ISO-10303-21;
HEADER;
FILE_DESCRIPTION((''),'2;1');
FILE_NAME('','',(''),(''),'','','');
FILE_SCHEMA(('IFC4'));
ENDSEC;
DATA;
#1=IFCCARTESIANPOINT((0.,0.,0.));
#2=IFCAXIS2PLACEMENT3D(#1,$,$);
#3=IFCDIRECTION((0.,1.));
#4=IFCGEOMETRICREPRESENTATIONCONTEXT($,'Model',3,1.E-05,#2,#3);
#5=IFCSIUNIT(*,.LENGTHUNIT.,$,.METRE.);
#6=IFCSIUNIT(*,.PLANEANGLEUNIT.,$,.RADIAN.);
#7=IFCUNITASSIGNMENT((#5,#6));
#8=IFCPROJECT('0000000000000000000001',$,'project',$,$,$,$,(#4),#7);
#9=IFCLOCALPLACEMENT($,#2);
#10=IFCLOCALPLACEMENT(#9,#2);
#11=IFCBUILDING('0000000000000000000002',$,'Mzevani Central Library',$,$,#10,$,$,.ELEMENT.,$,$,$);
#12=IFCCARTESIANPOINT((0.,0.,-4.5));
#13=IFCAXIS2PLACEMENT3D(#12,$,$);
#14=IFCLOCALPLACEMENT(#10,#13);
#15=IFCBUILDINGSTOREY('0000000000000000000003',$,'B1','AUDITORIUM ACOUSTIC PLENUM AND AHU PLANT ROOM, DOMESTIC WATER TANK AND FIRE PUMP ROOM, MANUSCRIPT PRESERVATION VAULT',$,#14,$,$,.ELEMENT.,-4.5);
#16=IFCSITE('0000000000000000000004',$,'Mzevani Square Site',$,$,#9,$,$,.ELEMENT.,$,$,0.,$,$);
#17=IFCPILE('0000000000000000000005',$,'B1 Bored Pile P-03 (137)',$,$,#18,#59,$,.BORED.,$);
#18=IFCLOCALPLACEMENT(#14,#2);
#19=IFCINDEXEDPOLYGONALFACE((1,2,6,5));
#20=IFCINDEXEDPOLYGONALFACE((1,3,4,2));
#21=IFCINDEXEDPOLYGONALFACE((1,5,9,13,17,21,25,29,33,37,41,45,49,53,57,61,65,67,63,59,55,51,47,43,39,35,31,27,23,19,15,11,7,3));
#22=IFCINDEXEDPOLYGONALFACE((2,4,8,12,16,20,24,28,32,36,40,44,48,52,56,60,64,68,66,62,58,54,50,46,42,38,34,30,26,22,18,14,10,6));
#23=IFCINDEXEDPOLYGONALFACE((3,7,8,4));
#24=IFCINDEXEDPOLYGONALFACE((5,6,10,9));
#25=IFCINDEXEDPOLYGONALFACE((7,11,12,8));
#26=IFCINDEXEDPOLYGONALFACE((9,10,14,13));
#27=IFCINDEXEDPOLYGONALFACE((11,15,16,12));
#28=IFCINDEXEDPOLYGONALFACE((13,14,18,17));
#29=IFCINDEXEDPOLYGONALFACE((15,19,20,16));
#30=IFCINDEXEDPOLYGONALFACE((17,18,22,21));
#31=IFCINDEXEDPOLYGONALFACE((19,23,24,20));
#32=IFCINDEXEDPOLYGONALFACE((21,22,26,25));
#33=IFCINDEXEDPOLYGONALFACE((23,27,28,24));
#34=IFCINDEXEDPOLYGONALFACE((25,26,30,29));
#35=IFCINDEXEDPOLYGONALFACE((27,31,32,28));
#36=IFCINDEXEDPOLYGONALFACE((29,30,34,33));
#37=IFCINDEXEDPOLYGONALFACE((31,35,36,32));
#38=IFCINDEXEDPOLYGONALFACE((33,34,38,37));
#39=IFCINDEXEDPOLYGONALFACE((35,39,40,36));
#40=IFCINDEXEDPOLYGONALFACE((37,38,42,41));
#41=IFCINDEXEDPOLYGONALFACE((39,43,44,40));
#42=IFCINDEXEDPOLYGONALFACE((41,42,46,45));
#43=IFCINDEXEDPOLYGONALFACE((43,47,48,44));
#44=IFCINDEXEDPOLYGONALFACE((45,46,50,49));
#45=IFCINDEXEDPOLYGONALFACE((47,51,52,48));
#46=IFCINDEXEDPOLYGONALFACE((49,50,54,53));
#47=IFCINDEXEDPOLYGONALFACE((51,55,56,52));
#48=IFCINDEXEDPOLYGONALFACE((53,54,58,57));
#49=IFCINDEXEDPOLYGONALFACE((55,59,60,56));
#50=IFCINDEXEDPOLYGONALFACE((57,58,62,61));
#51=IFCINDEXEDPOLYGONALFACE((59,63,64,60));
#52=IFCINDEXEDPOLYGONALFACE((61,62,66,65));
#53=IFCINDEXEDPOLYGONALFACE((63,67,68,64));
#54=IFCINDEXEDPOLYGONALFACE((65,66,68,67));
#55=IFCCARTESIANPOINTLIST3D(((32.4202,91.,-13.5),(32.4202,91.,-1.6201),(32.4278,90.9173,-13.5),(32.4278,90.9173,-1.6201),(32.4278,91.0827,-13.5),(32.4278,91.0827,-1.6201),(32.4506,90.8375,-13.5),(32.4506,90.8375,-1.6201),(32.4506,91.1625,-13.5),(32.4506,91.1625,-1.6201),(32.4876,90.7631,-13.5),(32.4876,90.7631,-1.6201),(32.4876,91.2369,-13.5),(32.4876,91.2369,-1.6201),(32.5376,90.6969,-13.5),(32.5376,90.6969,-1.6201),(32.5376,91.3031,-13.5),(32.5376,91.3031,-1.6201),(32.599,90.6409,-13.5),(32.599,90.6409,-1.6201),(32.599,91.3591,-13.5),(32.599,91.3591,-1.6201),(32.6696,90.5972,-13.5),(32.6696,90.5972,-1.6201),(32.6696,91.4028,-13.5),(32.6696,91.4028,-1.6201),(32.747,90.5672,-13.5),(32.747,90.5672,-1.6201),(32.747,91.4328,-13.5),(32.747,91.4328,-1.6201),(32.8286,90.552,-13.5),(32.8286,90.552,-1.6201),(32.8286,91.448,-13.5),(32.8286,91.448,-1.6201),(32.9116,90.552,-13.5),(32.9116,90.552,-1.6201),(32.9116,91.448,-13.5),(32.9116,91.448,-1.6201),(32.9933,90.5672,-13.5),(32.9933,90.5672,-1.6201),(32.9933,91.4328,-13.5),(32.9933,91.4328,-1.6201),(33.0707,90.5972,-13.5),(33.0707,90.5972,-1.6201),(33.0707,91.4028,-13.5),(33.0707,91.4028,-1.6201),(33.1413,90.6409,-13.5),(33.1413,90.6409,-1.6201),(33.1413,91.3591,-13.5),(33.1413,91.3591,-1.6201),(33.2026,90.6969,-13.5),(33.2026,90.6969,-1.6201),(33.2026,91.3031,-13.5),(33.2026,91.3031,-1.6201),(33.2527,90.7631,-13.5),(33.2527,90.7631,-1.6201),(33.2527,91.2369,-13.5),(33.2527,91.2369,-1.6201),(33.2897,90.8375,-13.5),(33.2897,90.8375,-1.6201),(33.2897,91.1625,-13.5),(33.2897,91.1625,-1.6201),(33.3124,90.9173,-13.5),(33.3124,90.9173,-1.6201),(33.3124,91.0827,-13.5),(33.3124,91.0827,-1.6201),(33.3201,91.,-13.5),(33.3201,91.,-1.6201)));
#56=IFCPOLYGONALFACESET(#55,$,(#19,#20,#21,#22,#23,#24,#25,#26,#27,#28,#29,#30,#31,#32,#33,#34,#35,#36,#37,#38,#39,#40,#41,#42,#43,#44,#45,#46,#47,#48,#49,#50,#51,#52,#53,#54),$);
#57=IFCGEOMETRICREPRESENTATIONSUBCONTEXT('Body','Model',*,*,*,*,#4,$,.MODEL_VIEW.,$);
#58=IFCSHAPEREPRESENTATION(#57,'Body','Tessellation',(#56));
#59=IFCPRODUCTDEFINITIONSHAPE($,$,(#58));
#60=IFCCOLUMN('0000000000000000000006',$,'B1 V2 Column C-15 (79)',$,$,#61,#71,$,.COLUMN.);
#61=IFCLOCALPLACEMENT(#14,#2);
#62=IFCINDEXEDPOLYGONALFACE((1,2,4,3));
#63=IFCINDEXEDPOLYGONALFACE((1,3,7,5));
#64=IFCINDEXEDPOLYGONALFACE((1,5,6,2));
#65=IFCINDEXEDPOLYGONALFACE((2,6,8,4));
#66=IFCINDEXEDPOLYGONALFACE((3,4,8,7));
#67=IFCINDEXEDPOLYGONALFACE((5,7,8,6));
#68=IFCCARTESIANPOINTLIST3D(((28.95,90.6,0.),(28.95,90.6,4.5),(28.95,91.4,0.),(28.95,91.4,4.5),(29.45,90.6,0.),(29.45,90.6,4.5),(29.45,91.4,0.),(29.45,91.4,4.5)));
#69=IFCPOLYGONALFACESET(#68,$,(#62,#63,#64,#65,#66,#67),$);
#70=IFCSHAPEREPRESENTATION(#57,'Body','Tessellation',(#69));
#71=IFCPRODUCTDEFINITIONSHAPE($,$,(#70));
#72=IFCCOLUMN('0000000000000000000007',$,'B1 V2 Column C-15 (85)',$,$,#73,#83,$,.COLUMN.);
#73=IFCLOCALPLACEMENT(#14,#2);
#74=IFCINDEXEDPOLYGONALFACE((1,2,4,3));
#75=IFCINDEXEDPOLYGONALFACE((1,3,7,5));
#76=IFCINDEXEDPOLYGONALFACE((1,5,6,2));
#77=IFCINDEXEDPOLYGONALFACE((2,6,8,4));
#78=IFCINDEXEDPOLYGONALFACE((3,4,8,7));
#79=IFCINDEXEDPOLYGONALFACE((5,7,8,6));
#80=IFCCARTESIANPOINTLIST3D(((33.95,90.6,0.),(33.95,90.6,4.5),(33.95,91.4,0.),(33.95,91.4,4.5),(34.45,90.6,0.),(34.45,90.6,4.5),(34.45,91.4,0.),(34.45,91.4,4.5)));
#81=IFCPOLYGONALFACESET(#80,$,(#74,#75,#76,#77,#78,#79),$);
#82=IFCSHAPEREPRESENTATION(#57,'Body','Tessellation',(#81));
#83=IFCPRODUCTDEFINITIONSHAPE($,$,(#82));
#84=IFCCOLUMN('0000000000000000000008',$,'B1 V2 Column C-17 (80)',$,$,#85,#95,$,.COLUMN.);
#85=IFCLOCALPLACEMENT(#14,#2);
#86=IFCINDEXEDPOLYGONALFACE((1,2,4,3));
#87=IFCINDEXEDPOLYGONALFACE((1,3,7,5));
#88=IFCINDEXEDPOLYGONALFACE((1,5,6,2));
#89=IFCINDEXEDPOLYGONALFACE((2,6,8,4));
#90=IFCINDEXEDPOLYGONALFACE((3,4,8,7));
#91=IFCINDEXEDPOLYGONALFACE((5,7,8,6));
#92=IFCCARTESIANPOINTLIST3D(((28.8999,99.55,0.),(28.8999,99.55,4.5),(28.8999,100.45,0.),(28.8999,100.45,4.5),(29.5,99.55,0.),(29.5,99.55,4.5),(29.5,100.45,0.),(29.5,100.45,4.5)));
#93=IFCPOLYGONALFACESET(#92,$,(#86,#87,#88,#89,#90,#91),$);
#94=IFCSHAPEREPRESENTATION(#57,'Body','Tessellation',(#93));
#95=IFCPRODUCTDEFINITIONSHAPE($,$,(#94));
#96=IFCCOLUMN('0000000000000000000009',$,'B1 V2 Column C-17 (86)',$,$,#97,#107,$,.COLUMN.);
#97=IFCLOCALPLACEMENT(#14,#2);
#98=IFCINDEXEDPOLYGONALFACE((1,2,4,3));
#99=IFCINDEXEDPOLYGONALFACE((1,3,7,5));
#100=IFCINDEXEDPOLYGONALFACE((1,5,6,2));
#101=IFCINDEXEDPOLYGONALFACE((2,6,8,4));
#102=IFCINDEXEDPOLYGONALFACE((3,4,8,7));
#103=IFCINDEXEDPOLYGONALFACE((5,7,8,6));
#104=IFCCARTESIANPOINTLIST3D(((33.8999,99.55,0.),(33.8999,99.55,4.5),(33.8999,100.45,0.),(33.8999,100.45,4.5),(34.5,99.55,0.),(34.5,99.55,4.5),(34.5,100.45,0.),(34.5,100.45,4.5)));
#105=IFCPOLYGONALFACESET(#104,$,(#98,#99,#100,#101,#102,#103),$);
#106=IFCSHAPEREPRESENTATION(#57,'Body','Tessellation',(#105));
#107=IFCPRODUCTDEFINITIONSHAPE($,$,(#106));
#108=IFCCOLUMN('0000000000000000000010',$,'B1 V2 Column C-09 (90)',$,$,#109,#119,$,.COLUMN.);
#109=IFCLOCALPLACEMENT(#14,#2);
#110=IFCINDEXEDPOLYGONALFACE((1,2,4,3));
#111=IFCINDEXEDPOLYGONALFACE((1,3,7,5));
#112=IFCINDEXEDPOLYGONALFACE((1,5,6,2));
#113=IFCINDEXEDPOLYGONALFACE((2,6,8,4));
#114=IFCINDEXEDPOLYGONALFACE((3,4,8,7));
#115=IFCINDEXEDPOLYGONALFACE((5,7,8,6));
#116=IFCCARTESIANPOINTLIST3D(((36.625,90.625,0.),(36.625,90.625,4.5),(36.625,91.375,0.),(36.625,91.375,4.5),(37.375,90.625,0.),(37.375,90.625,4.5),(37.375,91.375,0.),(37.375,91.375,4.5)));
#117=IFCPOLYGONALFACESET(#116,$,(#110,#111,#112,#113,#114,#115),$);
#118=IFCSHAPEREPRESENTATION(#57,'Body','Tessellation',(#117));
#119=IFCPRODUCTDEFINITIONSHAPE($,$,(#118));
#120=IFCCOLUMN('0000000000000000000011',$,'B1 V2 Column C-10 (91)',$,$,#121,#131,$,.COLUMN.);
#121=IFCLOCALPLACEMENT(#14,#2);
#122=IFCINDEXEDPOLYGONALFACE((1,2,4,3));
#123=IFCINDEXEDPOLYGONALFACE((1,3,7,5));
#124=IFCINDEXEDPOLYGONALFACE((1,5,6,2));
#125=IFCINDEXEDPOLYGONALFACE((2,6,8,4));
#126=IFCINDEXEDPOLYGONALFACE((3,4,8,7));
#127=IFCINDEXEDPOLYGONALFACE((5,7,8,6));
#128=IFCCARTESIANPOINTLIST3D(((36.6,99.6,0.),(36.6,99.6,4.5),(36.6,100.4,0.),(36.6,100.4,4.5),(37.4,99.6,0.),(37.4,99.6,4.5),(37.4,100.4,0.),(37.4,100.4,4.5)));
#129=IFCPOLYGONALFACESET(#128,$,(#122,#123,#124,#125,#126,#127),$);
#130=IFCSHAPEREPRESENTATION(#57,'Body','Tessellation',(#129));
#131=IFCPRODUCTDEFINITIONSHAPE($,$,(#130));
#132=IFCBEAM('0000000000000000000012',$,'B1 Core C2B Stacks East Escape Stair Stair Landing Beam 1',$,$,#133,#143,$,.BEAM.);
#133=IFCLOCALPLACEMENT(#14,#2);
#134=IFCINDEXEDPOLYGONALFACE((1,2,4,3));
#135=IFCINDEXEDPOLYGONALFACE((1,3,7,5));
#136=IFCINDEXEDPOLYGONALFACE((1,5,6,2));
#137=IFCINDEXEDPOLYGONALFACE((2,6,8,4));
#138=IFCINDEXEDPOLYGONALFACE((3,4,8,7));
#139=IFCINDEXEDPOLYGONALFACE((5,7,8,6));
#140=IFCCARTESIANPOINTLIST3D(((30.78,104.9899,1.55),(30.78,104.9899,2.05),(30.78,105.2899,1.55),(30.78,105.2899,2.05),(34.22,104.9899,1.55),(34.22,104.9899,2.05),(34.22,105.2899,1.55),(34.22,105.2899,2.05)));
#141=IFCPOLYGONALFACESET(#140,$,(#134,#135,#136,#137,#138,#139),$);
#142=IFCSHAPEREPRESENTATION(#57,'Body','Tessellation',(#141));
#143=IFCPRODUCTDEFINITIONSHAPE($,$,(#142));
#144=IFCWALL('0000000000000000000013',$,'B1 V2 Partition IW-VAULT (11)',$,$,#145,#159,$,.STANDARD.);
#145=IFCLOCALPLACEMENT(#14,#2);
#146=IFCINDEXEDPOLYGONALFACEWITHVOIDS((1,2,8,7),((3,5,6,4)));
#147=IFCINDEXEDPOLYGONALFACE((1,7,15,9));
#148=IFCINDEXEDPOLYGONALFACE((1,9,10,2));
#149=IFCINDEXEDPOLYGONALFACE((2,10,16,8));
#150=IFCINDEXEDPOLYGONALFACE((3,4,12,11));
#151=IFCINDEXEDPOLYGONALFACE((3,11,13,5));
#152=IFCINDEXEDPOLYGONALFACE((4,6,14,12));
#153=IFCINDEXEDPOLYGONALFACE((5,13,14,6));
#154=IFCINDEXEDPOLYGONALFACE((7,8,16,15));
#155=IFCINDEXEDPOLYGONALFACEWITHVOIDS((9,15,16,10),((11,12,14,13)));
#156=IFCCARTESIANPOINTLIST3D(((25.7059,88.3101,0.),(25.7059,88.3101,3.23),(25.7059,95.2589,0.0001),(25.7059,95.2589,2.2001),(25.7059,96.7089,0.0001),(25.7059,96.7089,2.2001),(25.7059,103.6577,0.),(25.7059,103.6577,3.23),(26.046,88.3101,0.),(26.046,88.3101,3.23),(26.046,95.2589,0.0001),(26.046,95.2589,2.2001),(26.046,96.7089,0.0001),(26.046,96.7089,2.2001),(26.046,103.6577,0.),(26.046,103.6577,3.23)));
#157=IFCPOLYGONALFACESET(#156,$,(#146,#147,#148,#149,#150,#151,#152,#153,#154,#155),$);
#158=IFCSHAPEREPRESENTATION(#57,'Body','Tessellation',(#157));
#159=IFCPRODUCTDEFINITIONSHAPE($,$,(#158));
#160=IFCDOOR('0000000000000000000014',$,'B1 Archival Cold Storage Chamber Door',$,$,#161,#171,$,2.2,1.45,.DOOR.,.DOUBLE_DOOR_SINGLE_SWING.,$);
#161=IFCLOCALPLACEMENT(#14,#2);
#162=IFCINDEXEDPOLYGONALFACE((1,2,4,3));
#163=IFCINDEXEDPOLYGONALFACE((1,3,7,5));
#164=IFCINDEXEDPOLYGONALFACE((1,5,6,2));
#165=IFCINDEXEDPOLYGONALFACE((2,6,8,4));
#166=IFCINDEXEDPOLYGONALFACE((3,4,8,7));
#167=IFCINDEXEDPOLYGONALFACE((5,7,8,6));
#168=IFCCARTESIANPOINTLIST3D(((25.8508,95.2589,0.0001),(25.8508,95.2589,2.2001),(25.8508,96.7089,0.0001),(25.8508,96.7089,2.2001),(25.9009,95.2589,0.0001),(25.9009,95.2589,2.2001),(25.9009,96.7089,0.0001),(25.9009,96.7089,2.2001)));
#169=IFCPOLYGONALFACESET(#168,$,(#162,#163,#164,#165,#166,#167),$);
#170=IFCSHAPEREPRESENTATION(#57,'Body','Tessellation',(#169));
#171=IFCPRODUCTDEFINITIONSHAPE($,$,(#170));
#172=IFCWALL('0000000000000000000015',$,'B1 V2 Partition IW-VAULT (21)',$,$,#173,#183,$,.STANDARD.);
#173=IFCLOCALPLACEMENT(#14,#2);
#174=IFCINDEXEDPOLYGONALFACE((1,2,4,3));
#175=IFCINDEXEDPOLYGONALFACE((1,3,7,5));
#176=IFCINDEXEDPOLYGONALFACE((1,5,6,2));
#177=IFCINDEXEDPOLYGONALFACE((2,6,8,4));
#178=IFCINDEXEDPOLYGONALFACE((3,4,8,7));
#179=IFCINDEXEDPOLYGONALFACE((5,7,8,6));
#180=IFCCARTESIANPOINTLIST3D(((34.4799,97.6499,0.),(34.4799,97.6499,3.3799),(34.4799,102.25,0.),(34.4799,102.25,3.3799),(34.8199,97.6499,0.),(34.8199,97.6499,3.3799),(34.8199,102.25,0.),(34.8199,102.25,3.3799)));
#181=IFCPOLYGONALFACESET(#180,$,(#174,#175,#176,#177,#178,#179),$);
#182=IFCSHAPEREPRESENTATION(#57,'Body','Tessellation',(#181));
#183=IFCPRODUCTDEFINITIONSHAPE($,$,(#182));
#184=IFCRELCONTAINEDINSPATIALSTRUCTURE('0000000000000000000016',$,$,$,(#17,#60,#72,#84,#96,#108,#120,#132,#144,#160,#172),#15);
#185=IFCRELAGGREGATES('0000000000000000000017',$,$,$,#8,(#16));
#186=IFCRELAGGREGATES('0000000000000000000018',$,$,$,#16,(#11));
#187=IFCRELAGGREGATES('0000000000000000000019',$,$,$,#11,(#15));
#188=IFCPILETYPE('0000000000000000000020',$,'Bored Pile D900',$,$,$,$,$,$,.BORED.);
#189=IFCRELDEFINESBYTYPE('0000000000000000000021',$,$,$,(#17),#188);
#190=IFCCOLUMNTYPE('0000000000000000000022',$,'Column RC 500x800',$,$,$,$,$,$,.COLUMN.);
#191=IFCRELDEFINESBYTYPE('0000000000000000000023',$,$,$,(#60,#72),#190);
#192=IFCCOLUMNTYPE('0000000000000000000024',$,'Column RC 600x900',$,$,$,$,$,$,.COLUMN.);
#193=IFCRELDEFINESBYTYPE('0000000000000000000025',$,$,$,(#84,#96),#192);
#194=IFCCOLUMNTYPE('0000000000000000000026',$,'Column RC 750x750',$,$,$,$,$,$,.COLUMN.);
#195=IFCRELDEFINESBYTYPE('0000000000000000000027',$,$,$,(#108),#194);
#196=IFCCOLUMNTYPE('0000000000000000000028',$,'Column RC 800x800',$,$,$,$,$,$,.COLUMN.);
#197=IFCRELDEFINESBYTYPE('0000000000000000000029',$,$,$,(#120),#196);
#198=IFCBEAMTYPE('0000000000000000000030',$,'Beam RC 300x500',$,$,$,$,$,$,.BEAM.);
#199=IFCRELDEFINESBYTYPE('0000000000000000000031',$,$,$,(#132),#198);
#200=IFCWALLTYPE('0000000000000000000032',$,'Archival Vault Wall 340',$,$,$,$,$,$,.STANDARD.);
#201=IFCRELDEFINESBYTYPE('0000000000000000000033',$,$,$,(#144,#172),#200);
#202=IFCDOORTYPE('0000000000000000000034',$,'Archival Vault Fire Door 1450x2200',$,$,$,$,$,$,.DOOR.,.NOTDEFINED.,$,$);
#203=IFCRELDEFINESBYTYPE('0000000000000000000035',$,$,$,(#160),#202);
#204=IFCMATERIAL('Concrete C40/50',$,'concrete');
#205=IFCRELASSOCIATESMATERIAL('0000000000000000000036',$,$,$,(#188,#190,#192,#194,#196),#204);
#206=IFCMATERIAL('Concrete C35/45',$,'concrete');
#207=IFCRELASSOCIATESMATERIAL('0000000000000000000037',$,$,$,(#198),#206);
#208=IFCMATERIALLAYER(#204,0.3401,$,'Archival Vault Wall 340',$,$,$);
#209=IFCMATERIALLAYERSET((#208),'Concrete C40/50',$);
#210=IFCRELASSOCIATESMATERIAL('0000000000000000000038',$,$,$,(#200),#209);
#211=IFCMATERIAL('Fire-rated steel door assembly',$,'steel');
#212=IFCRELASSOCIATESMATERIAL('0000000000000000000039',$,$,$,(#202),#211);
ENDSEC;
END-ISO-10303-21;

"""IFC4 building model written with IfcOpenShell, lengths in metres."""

from ifc_helpers import new_model, si_unit, direction, frame, frame_2d, origin, origin_2d, place, context, subcontext, project, spatial, rectangle, circle, extrude, material, layer, layer_set, material_profile, profile_set, type_object, element, fill, save


model = new_model("IFC4")

# Units and contexts
model_context = context("Model", 3, precision=1e-05, world=origin(), true_north=direction((0.0, 1.0)))
body_context = subcontext(model_context, "Body", "Model", "MODEL_VIEW")
ifc_project = project(units=[si_unit("LENGTHUNIT", "METRE"), si_unit("PLANEANGLEUNIT", "RADIAN")], contexts=[model_context])

# Site, building, storey
site_placement = place(None, origin())
site = spatial("IfcSite", under=ifc_project, at=site_placement, Name="Mzevani Square Site", CompositionType="ELEMENT", RefElevation=0.0)
building_placement = place(site_placement, origin())
building = spatial("IfcBuilding", under=site, at=building_placement, Name="Mzevani Central Library", CompositionType="ELEMENT")
storey_placement = place(building_placement, frame((0.0, 0.0, -4.5)))
storey = spatial("IfcBuildingStorey", under=building, at=storey_placement, Name="B1", Description="AUDITORIUM ACOUSTIC PLENUM AND AHU PLANT ROOM, DOMESTIC WATER TANK AND FIRE PUMP ROOM, MANUSCRIPT PRESERVATION VAULT", CompositionType="ELEMENT", Elevation=-4.5)

# Pile
ifc_material_1 = material(Name="Concrete C40/50", Category="concrete")
ifc_material_profile_1 = material_profile(ifc_material_1, circle(Radius=0.45, at=origin_2d()), Name="PILE D900")
ifc_profile_set_1 = profile_set([ifc_material_profile_1], Name="Concrete C40/50")
pile_type_1 = type_object("IfcPileType", Name="Bored Pile D900", PredefinedType="BORED", material=ifc_profile_set_1)
pile_placement = place(storey_placement, frame((32.8701, 91.0, -1.6201), z_axis=(0.0, 0.0, -1.0), x_axis=(1.0, 0.0, 0.0)))
element("IfcPile", 1, at=pile_placement, inside=storey, type_object=pile_type_1, Name="B1 Bored Pile P-03 (137)", PredefinedType="BORED", context=body_context, shape_type="SweptSolid", body=[
    extrude(circle(Radius=0.45, at=origin_2d()), origin(), (0.0, 0.0, 1.0), 11.8799),
])

# Columns
ifc_material_profile_2 = material_profile(ifc_material_1, rectangle(XDim=0.5, YDim=0.8, at=origin_2d()), Name="RC 500x800")
ifc_profile_set_2 = profile_set([ifc_material_profile_2], Name="Concrete C40/50")
column_type_1 = type_object("IfcColumnType", Name="Column RC 500x800", PredefinedType="COLUMN", material=ifc_profile_set_2)
for number, where, z_axis, x_axis, name in (
    (2, (29.2, 91.0, 0.0), (0.0, 0.0, 1.0), (1.0, 0.0, 0.0), "B1 V2 Column C-15 (79)"),
    (3, (34.2, 91.0, 0.0), (0.0, 0.0, 1.0), (1.0, 0.0, 0.0), "B1 V2 Column C-15 (85)"),
):
    element("IfcColumn", number, at=place(storey_placement, frame(where, z_axis=z_axis, x_axis=x_axis)), inside=storey, type_object=column_type_1, Name=name, PredefinedType="COLUMN", context=body_context, shape_type="SweptSolid", body=[
        extrude(rectangle(XDim=0.5, YDim=0.8, at=origin_2d()), origin(), (0.0, 0.0, 1.0), 4.5),
    ])
ifc_material_profile_3 = material_profile(ifc_material_1, rectangle(XDim=0.6001, YDim=0.8999, at=origin_2d()), Name="RC 600x900")
ifc_profile_set_3 = profile_set([ifc_material_profile_3], Name="Concrete C40/50")
column_type_2 = type_object("IfcColumnType", Name="Column RC 600x900", PredefinedType="COLUMN", material=ifc_profile_set_3)
for number, where, z_axis, x_axis, name in (
    (4, (29.2, 100.0, 0.0), (0.0, 0.0, 1.0), (1.0, 0.0, 0.0), "B1 V2 Column C-17 (80)"),
    (5, (34.2, 100.0, 0.0), (0.0, 0.0, 1.0), (1.0, 0.0, 0.0), "B1 V2 Column C-17 (86)"),
):
    element("IfcColumn", number, at=place(storey_placement, frame(where, z_axis=z_axis, x_axis=x_axis)), inside=storey, type_object=column_type_2, Name=name, PredefinedType="COLUMN", context=body_context, shape_type="SweptSolid", body=[
        extrude(rectangle(XDim=0.6001, YDim=0.8999, at=origin_2d()), origin(), (0.0, 0.0, 1.0), 4.5),
    ])
ifc_material_profile_4 = material_profile(ifc_material_1, rectangle(XDim=0.75, YDim=0.75, at=origin_2d()), Name="RC 750x750")
ifc_profile_set_4 = profile_set([ifc_material_profile_4], Name="Concrete C40/50")
column_type_3 = type_object("IfcColumnType", Name="Column RC 750x750", PredefinedType="COLUMN", material=ifc_profile_set_4)
column_1_placement = place(storey_placement, frame((37.0, 91.0, 0.0), z_axis=(0.0, 0.0, 1.0), x_axis=(1.0, 0.0, 0.0)))
element("IfcColumn", 6, at=column_1_placement, inside=storey, type_object=column_type_3, Name="B1 V2 Column C-09 (90)", PredefinedType="COLUMN", context=body_context, shape_type="SweptSolid", body=[
    extrude(rectangle(XDim=0.75, YDim=0.75, at=origin_2d()), origin(), (0.0, 0.0, 1.0), 4.5),
])
ifc_material_profile_5 = material_profile(ifc_material_1, rectangle(XDim=0.8, YDim=0.8, at=origin_2d()), Name="RC 800x800")
ifc_profile_set_5 = profile_set([ifc_material_profile_5], Name="Concrete C40/50")
column_type_4 = type_object("IfcColumnType", Name="Column RC 800x800", PredefinedType="COLUMN", material=ifc_profile_set_5)
column_2_placement = place(storey_placement, frame((37.0, 100.0, 0.0), z_axis=(0.0, 0.0, 1.0), x_axis=(1.0, 0.0, 0.0)))
element("IfcColumn", 7, at=column_2_placement, inside=storey, type_object=column_type_4, Name="B1 V2 Column C-10 (91)", PredefinedType="COLUMN", context=body_context, shape_type="SweptSolid", body=[
    extrude(rectangle(XDim=0.8, YDim=0.8, at=origin_2d()), origin(), (0.0, 0.0, 1.0), 4.5),
])

# Beam
ifc_material_2 = material(Name="Concrete C35/45", Category="concrete")
ifc_material_profile_6 = material_profile(ifc_material_2, rectangle(XDim=0.3, YDim=0.5, at=origin_2d()), Name="RC B300x500")
ifc_profile_set_6 = profile_set([ifc_material_profile_6], Name="Concrete C35/45")
beam_type = type_object("IfcBeamType", Name="Beam RC 300x500", PredefinedType="BEAM", material=ifc_profile_set_6)
beam_placement = place(storey_placement, frame((30.78, 105.1399, 1.8), z_axis=(1.0, 0.0, 0.0), x_axis=(0.0, 1.0, 0.0)))
element("IfcBeam", 8, at=beam_placement, inside=storey, type_object=beam_type, Name="B1 Core C2B Stacks East Escape Stair Stair Landing Beam 1", PredefinedType="BEAM", context=body_context, shape_type="SweptSolid", body=[
    extrude(rectangle(XDim=0.3, YDim=0.5, at=origin_2d()), origin(), (0.0, 0.0, 1.0), 3.4399),
])

# Wall, opening, door
ifc_layer_1 = layer(ifc_material_1, 0.3401, Name="Archival Vault Wall 340")
ifc_layer_set_1 = layer_set([ifc_layer_1], Name="Concrete C40/50")
wall_type_1 = type_object("IfcWallType", Name="Archival Vault Wall 340", PredefinedType="STANDARD", material=ifc_layer_set_1)
wall_1_placement = place(storey_placement, frame((25.876, 103.6577, 0.0), z_axis=(0.0, 0.0, 1.0), x_axis=(0.0, -1.0, 0.0)))
wall_1 = element("IfcWall", 9, at=wall_1_placement, inside=storey, type_object=wall_type_1, Name="B1 V2 Partition IW-VAULT (11)", PredefinedType="STANDARD", context=body_context, shape_type="SweptSolid", body=[
    extrude(rectangle(XDim=15.3477, YDim=0.3401, at=frame_2d((7.6738, 0.0))), origin(), (0.0, 0.0, 1.0), 3.23),
])
opening_1_placement = place(wall_1_placement, frame((6.9487, 0.0, 0.0)))
opening_1 = element("IfcOpeningElement", 10, at=opening_1_placement, cuts=wall_1, PredefinedType="OPENING", context=body_context, shape_type="SweptSolid", body=[
    extrude(rectangle(XDim=1.45, YDim=2.2, at=frame_2d((0.7251, 1.1001))), frame((0.0, 0.1802, 0.0), z_axis=(0.0, -1.0, 0.0), x_axis=(1.0, 0.0, 0.0)), (0.0, 0.0, 1.0), 0.3601),
])
ifc_material_3 = material(Name="Fire-rated steel door assembly", Category="steel")
door_type_1 = type_object("IfcDoorType", Name="Archival Vault Fire Door 1450x2200", OperationType="NOTDEFINED", PredefinedType="DOOR", material=ifc_material_3)
door_1_placement = place(opening_1_placement, origin())
door_1 = element("IfcDoor", 11, at=door_1_placement, inside=storey, type_object=door_type_1, Name="B1 Archival Cold Storage Chamber Door", OperationType="DOUBLE_DOOR_SINGLE_SWING", OverallHeight=2.2, OverallWidth=1.45, PredefinedType="DOOR", context=body_context, shape_type="SweptSolid", body=[
    extrude(rectangle(XDim=1.45, YDim=2.2, at=frame_2d((0.7251, 1.1001))), frame((0.0, 0.0249, 0.0), z_axis=(0.0, -1.0, 0.0), x_axis=(1.0, 0.0, 0.0)), (0.0, 0.0, 1.0), 0.05),
])
fill(opening_1, door_1)

# Wall
wall_2_placement = place(storey_placement, frame((34.6499, 102.25, 0.0), z_axis=(0.0, 0.0, 1.0), x_axis=(0.0, -1.0, 0.0)))
element("IfcWall", 12, at=wall_2_placement, inside=storey, type_object=wall_type_1, Name="B1 V2 Partition IW-VAULT (21)", PredefinedType="STANDARD", context=body_context, shape_type="SweptSolid", body=[
    extrude(rectangle(XDim=4.6001, YDim=0.3401, at=frame_2d((2.3, 0.0))), origin(), (0.0, 0.0, 1.0), 3.3799),
])

save(model, "model.ifc")
